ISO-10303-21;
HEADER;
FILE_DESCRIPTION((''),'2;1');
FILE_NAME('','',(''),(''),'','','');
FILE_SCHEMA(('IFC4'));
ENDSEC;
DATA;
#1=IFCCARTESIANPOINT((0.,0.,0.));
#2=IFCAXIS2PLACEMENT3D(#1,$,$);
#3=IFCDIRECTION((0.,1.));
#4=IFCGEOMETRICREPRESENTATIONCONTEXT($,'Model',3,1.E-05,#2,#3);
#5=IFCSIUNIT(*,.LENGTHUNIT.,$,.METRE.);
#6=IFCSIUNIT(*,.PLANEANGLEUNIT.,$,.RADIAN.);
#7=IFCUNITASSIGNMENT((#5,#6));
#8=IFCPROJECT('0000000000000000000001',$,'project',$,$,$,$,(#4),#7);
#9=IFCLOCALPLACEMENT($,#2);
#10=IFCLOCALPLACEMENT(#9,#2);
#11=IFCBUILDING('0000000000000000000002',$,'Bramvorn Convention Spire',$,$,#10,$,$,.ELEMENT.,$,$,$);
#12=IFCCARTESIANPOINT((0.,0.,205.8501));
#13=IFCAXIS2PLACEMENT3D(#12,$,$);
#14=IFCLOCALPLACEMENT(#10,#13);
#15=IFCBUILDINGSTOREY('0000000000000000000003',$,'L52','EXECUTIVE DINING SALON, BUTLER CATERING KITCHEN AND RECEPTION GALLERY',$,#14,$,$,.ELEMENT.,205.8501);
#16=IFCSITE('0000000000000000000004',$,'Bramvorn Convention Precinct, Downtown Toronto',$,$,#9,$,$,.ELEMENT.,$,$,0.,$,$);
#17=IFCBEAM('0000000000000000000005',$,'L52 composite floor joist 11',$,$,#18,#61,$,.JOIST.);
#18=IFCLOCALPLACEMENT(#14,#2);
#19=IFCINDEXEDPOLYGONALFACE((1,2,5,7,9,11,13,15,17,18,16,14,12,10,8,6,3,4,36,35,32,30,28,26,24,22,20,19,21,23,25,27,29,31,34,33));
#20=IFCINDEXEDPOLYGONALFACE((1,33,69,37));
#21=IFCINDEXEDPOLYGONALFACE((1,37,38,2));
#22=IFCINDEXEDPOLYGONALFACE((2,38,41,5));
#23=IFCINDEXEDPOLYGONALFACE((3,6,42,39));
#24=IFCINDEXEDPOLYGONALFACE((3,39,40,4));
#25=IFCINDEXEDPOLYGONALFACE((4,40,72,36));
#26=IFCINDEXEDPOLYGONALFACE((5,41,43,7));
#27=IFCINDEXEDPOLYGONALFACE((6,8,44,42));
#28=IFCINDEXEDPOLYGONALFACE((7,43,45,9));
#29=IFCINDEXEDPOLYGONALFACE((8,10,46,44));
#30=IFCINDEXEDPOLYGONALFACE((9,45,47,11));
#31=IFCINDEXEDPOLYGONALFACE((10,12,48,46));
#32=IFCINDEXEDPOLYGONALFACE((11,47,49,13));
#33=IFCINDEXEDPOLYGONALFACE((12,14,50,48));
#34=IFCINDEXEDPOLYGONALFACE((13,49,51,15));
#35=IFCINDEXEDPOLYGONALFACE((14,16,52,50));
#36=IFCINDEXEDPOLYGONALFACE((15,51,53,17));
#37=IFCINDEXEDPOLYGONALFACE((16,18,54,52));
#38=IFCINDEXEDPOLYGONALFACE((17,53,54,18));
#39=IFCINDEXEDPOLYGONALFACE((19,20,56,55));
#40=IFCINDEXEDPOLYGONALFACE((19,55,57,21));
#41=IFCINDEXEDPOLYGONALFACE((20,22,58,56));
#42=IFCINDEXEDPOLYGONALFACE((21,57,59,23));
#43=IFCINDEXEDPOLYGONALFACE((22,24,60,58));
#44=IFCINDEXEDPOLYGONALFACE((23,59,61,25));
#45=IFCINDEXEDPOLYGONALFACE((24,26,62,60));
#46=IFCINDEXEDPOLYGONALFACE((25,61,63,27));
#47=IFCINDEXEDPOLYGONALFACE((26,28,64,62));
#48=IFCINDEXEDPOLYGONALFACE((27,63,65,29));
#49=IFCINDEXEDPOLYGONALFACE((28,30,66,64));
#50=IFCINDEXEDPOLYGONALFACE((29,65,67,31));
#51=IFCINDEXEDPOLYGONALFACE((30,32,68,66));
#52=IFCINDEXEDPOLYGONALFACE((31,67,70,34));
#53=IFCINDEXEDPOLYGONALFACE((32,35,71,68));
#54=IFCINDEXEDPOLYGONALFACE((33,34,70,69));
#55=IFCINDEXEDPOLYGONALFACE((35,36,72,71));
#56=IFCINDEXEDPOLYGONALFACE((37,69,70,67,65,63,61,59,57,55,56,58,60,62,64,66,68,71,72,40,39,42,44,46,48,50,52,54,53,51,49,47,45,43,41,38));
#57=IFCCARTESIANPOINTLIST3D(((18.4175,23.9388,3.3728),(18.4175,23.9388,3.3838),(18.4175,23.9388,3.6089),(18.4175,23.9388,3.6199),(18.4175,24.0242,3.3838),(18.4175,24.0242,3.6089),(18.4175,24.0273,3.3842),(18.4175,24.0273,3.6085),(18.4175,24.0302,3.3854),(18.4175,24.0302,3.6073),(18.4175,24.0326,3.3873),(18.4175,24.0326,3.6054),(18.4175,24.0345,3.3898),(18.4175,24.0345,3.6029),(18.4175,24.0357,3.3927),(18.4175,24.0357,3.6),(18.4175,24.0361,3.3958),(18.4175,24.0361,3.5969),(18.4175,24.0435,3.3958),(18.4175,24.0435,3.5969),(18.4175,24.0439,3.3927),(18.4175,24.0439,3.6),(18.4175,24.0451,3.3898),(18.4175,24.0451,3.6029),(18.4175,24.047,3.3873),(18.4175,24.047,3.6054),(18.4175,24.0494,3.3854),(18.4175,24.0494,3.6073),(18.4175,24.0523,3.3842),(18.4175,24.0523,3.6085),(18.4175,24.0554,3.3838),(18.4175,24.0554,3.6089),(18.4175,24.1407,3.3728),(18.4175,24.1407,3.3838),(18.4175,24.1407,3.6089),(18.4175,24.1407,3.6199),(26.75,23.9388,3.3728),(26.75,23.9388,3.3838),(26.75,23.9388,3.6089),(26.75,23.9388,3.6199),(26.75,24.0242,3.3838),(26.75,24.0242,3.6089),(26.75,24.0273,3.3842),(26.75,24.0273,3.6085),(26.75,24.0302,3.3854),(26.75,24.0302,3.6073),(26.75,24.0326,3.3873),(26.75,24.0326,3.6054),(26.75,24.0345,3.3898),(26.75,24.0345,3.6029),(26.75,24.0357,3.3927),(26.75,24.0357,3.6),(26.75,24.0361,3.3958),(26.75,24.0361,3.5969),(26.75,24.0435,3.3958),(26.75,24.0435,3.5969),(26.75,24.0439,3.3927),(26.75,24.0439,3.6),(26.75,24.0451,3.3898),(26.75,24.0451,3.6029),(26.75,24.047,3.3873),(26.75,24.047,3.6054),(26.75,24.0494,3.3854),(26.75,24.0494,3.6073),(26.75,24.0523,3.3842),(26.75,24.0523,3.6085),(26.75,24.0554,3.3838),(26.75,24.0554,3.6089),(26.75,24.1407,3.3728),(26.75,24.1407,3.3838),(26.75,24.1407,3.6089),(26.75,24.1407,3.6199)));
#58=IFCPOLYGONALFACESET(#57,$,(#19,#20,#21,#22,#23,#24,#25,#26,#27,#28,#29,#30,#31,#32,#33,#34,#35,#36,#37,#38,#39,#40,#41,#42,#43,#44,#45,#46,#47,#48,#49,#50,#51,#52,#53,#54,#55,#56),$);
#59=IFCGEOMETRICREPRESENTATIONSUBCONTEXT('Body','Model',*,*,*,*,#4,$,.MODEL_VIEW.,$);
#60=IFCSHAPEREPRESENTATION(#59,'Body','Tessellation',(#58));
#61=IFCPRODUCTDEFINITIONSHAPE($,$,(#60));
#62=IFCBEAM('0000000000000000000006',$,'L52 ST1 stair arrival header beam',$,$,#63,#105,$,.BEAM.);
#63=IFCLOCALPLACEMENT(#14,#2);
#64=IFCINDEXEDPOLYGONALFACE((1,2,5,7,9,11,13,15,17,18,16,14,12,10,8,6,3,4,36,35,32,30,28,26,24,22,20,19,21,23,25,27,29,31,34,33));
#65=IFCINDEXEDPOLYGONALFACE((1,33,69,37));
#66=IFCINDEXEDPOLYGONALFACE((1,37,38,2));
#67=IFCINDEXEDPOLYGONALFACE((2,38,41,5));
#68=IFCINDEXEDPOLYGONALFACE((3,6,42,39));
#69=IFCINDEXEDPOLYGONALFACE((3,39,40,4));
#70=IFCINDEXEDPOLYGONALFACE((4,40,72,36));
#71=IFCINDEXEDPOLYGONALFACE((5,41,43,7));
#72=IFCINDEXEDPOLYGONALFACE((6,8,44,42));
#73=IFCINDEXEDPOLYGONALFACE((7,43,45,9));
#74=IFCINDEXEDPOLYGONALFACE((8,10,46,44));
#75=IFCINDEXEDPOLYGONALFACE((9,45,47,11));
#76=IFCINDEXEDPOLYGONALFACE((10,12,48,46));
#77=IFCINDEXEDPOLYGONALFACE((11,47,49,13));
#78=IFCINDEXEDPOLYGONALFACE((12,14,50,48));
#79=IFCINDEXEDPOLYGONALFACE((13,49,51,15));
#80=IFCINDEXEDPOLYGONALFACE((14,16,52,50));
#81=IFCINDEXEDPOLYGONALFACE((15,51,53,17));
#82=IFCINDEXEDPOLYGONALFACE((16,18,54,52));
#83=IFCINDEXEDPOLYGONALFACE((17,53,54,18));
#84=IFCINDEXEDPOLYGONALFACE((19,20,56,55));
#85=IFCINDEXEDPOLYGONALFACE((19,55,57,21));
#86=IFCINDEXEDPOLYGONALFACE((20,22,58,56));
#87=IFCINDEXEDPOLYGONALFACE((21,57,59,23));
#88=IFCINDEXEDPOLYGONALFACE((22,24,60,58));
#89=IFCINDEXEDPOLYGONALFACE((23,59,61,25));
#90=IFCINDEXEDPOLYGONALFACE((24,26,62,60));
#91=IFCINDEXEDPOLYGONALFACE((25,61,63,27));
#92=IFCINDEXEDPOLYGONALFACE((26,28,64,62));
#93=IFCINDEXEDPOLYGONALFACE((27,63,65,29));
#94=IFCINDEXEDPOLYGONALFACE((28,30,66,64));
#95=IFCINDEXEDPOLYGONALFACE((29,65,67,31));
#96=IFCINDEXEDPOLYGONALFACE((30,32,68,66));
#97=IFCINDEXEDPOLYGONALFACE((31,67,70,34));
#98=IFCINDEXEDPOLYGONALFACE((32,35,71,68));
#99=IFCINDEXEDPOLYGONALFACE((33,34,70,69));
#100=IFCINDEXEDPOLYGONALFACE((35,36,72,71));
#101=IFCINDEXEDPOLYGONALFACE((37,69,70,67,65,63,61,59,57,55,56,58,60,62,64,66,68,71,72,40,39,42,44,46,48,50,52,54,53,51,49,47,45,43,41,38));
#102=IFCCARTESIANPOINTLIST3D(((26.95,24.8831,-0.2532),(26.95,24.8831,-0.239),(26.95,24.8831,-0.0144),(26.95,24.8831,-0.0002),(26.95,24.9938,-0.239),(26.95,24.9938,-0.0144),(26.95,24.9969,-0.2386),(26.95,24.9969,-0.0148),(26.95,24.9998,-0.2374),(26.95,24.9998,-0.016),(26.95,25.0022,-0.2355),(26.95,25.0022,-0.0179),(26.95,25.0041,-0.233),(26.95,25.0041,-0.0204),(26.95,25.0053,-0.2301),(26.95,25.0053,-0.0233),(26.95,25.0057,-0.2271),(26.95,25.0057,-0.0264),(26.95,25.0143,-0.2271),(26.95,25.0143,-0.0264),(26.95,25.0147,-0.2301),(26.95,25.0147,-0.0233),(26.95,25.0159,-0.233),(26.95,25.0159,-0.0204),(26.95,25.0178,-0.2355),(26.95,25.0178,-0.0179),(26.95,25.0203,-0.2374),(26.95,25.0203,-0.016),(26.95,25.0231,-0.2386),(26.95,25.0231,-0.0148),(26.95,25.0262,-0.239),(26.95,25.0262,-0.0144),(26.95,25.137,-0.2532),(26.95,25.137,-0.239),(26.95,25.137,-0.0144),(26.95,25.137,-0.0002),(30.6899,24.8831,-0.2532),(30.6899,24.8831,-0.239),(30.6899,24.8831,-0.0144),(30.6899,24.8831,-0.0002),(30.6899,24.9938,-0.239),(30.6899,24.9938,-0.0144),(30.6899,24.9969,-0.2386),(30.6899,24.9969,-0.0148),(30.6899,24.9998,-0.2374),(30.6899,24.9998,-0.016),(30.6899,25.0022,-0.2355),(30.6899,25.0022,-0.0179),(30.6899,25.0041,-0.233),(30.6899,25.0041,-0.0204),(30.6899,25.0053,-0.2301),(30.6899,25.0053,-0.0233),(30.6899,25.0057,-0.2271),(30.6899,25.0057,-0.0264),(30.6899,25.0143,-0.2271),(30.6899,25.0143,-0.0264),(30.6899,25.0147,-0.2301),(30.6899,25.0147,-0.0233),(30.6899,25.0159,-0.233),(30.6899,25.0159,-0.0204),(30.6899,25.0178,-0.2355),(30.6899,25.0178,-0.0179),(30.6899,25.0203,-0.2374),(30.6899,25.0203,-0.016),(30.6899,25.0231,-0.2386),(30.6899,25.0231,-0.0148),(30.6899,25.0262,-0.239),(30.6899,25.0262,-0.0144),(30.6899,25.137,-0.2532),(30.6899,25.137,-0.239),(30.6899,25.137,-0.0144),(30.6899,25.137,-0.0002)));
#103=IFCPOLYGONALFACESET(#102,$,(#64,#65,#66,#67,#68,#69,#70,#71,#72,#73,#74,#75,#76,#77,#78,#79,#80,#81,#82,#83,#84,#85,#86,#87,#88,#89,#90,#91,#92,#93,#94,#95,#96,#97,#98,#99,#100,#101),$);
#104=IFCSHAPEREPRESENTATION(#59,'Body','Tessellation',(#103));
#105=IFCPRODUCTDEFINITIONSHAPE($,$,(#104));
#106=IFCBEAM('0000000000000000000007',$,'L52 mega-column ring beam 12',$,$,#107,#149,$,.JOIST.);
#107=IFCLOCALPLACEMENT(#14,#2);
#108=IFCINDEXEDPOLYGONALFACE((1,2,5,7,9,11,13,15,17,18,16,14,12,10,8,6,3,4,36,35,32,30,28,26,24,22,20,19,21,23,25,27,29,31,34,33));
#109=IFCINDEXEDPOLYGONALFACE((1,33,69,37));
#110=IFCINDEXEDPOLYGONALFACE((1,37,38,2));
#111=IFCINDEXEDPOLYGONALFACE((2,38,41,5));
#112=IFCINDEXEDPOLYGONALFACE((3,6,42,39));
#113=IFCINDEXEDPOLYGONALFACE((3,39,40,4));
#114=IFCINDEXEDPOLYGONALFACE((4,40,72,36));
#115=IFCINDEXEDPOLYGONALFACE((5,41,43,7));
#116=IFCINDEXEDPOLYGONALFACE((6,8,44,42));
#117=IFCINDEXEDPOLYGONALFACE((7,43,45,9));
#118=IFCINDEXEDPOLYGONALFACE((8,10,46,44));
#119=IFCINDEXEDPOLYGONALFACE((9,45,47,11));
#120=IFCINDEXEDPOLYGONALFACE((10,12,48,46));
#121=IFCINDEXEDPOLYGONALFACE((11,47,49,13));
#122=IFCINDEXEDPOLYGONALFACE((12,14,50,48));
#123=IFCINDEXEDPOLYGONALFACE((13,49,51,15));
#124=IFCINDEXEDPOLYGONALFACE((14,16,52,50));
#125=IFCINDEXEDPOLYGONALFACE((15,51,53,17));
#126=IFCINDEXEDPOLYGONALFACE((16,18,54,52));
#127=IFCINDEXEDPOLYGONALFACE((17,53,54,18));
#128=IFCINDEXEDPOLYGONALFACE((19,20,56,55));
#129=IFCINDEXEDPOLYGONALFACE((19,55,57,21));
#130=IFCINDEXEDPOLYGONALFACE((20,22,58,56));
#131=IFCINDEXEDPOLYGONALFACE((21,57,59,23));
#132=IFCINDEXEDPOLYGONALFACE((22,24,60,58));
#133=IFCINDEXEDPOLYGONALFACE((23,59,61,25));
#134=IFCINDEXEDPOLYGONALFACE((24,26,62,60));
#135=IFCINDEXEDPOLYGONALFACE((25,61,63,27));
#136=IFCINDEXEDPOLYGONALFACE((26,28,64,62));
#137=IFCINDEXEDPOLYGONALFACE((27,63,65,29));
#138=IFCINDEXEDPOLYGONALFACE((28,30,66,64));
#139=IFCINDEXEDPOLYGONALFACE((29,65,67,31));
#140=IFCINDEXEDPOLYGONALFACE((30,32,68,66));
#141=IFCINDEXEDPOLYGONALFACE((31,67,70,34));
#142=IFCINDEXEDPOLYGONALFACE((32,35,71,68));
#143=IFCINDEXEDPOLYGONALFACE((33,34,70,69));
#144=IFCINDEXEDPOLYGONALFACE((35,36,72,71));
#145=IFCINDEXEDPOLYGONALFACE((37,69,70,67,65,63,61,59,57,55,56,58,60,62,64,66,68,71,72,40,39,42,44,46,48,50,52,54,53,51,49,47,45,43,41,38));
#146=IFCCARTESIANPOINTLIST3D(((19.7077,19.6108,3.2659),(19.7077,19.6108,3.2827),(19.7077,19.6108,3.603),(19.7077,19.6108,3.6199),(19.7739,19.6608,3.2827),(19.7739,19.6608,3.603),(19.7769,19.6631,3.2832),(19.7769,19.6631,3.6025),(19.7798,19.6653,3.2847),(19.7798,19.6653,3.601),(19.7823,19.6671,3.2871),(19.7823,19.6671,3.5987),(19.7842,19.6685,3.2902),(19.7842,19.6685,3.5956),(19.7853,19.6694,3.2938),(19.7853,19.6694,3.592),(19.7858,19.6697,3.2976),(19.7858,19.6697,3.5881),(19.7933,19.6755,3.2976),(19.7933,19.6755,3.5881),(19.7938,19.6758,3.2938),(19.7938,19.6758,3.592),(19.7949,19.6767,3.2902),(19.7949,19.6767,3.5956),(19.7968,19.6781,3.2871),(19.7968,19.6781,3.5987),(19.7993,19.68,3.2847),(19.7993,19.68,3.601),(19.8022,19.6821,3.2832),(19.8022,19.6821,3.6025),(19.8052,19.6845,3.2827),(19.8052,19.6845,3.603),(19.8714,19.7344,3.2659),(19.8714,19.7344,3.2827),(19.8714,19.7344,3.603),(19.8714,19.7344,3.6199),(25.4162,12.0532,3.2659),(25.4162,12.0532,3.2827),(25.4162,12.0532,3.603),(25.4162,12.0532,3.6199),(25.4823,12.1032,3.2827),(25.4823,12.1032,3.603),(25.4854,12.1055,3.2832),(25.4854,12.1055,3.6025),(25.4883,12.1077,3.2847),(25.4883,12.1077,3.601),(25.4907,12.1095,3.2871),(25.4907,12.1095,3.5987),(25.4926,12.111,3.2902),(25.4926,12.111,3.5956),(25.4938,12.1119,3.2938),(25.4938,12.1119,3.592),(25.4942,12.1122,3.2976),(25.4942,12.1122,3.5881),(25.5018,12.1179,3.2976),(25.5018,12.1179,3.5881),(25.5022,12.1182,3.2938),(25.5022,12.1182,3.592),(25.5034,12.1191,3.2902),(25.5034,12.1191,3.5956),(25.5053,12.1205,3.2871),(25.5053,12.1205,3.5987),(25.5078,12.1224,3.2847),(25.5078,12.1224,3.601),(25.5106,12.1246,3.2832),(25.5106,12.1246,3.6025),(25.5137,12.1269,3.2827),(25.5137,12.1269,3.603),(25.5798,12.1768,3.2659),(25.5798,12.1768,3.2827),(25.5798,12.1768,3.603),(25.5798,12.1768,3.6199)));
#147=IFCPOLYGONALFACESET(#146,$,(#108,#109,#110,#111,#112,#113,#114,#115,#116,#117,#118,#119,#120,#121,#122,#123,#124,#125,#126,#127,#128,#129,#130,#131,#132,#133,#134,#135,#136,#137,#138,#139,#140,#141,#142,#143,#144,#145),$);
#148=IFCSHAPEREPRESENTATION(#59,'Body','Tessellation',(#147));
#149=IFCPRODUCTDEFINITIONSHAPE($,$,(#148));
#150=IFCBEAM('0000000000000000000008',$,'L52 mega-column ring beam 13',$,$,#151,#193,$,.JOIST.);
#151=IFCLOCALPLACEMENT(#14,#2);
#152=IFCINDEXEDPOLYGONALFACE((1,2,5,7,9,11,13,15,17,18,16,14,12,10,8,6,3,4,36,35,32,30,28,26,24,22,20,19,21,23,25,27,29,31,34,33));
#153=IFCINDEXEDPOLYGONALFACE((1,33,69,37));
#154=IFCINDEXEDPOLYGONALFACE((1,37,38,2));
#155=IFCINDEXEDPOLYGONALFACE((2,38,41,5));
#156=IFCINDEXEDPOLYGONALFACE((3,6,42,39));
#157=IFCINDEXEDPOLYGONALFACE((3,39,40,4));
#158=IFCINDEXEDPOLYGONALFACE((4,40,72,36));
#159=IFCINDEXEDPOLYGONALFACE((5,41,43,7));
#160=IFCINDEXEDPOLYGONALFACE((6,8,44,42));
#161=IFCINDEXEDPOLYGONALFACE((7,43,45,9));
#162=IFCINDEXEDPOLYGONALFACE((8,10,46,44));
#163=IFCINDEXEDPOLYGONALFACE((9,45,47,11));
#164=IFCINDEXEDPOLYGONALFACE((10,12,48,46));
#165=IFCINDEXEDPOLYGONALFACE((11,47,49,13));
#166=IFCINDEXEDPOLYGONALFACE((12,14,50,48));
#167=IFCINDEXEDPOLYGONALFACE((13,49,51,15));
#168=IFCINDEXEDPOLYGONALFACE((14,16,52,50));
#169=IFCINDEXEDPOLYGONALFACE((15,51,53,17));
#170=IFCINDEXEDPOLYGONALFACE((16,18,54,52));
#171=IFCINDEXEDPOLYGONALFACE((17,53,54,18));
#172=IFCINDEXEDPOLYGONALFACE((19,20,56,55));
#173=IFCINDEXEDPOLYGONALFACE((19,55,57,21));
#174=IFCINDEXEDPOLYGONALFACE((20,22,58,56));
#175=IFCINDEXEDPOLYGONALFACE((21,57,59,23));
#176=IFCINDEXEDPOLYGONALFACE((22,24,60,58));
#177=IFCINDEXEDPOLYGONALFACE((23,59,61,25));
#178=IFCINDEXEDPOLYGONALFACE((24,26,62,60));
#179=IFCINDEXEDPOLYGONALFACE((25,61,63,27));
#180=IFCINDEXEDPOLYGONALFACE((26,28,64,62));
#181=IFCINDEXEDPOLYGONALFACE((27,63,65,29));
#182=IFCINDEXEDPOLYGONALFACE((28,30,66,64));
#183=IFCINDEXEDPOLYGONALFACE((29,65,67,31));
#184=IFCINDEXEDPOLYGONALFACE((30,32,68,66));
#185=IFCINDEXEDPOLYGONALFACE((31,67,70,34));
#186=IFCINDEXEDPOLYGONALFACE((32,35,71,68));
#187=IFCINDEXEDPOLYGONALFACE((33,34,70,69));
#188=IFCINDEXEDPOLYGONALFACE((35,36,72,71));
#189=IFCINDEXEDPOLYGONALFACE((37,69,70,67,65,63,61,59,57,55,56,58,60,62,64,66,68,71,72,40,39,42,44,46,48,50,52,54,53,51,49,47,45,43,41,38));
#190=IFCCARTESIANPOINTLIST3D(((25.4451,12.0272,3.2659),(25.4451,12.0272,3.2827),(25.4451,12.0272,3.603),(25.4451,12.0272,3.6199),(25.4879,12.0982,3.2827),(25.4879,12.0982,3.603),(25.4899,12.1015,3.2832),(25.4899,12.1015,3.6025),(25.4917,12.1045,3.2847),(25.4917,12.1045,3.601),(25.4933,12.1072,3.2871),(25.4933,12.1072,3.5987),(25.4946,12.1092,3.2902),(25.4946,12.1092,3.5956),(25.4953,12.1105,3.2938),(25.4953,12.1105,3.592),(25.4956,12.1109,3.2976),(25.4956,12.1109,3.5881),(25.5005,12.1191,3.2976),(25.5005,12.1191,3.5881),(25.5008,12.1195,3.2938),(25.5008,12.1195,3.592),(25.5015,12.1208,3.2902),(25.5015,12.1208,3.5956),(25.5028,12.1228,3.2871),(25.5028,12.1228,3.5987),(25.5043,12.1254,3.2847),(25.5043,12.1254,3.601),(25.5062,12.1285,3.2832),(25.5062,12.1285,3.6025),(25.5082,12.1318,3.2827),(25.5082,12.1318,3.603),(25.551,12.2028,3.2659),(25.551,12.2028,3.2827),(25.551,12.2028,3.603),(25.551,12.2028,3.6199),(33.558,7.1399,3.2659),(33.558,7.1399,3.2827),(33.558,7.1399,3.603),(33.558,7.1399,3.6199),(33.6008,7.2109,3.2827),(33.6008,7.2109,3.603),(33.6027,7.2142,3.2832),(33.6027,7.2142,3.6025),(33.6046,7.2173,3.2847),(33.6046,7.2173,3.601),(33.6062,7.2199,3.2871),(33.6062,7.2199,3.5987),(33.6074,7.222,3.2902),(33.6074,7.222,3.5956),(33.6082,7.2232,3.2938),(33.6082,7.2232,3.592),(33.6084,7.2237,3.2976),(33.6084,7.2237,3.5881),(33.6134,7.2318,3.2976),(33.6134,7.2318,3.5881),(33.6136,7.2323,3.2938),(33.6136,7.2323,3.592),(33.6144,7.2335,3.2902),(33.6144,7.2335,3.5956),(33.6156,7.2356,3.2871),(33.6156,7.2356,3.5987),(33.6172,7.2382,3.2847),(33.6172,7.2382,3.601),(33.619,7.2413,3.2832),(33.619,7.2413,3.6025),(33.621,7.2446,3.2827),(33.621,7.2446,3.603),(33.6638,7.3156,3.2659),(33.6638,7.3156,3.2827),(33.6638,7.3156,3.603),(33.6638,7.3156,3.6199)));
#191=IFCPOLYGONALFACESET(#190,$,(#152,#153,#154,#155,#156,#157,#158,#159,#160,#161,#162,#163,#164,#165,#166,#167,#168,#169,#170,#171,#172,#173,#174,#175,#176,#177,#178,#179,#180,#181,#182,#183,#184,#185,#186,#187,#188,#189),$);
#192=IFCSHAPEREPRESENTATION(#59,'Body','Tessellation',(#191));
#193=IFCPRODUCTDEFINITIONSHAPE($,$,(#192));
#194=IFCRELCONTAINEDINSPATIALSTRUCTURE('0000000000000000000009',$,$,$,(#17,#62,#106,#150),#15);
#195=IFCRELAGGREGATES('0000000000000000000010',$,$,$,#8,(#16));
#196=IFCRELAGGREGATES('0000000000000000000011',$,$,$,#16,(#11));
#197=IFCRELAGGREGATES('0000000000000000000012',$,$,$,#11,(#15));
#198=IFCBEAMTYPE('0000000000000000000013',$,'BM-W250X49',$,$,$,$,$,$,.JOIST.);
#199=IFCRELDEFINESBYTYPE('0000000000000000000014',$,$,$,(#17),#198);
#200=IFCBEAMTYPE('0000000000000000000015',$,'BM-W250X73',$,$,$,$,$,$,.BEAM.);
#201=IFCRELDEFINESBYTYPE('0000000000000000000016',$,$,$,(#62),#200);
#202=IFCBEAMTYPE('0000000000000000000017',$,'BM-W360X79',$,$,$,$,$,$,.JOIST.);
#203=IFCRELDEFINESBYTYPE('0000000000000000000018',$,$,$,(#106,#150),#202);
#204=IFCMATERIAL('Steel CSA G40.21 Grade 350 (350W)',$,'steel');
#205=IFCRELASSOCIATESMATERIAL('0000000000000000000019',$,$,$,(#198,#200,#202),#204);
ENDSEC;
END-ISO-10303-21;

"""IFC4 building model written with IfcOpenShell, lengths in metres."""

from ifc_helpers import new_model, si_unit, direction, frame, origin, origin_2d, place, context, subcontext, project, spatial, i_section, extrude, material, material_profile, profile_set, type_object, element, save


model = new_model("IFC4")

# Units and contexts
model_context = context("Model", 3, precision=1e-05, world=origin(), true_north=direction((0.0, 1.0)))
body_context = subcontext(model_context, "Body", "Model", "MODEL_VIEW")
ifc_project = project(units=[si_unit("LENGTHUNIT", "METRE"), si_unit("PLANEANGLEUNIT", "RADIAN")], contexts=[model_context])

# Site, building, storey
site_placement = place(None, origin())
site = spatial("IfcSite", under=ifc_project, at=site_placement, Name="Bramvorn Convention Precinct, Downtown Toronto", CompositionType="ELEMENT", RefElevation=0.0)
building_placement = place(site_placement, origin())
building = spatial("IfcBuilding", under=site, at=building_placement, Name="Bramvorn Convention Spire", CompositionType="ELEMENT")
storey_placement = place(building_placement, frame((0.0, 0.0, 205.8501)))
storey = spatial("IfcBuildingStorey", under=building, at=storey_placement, Name="L52", Description="EXECUTIVE DINING SALON, BUTLER CATERING KITCHEN AND RECEPTION GALLERY", CompositionType="ELEMENT", Elevation=205.8501)

# Shared definitions
ifc_material_1 = material(Name="Steel CSA G40.21 Grade 350 (350W)", Category="steel")

# Beams
ifc_material_profile_1 = material_profile(ifc_material_1, i_section(OverallWidth=0.2019, OverallDepth=0.2471, WebThickness=0.0073, FlangeThickness=0.011, FilletRadius=0.012, at=origin_2d()))
ifc_profile_set_1 = profile_set([ifc_material_profile_1], Name="Steel CSA G40.21 Grade 350 (350W) - W250X49")
beam_type_1 = type_object("IfcBeamType", Name="BM-W250X49", PredefinedType="JOIST", material=ifc_profile_set_1)
beam_1_placement = place(storey_placement, frame((26.75, 24.0398, 3.4963), z_axis=(-1.0, 0.0, 0.0), x_axis=(0.0, -1.0, 0.0)))
element("IfcBeam", 1, at=beam_1_placement, inside=storey, type_object=beam_type_1, Name="L52 composite floor joist 11", PredefinedType="JOIST", context=body_context, shape_type="SweptSolid", body=[
    extrude(i_section(OverallWidth=0.2019, OverallDepth=0.2471, WebThickness=0.0073, FlangeThickness=0.011, FilletRadius=0.012, at=origin_2d()), origin(), (0.0, 0.0, 1.0), 8.3325),
])
ifc_material_profile_2 = material_profile(ifc_material_1, i_section(OverallWidth=0.2539, OverallDepth=0.2529, WebThickness=0.0085, FlangeThickness=0.0142, FilletRadius=0.012, at=origin_2d()))
ifc_profile_set_2 = profile_set([ifc_material_profile_2], Name="Steel CSA G40.21 Grade 350 (350W) - W250X73")
beam_type_2 = type_object("IfcBeamType", Name="BM-W250X73", PredefinedType="BEAM", material=ifc_profile_set_2)
beam_2_placement = place(storey_placement, frame((26.95, 25.01, -0.1267), z_axis=(1.0, 0.0, 0.0), x_axis=(0.0, 1.0, 0.0)))
element("IfcBeam", 2, at=beam_2_placement, inside=storey, type_object=beam_type_2, Name="L52 ST1 stair arrival header beam", PredefinedType="BEAM", context=body_context, shape_type="SweptSolid", body=[
    extrude(i_section(OverallWidth=0.2539, OverallDepth=0.2529, WebThickness=0.0085, FlangeThickness=0.0142, FilletRadius=0.012, at=origin_2d()), origin(), (0.0, 0.0, 1.0), 3.74),
])
ifc_material_profile_3 = material_profile(ifc_material_1, i_section(OverallWidth=0.2051, OverallDepth=0.354, WebThickness=0.0095, FlangeThickness=0.0168, FilletRadius=0.0149, at=origin_2d()))
ifc_profile_set_3 = profile_set([ifc_material_profile_3], Name="Steel CSA G40.21 Grade 350 (350W) - W360X79")
beam_type_3 = type_object("IfcBeamType", Name="BM-W360X79", PredefinedType="JOIST", material=ifc_profile_set_3)
for number, where, z_axis, x_axis, name in (
    (3, (19.7896, 19.6726, 3.4429), (0.602719, -0.797954, 0.0), (0.797954, 0.602719, 0.0), "L52 mega-column ring beam 12"),
    (4, (25.498, 12.115, 3.4429), (0.856582, -0.516011, 0.0), (0.516011, 0.856582, 0.0), "L52 mega-column ring beam 13"),
):
    element("IfcBeam", number, at=place(storey_placement, frame(where, z_axis=z_axis, x_axis=x_axis)), inside=storey, type_object=beam_type_3, Name=name, PredefinedType="JOIST", context=body_context, shape_type="SweptSolid", body=[
        extrude(i_section(OverallWidth=0.2051, OverallDepth=0.354, WebThickness=0.0095, FlangeThickness=0.0168, FilletRadius=0.0149, at=origin_2d()), origin(), (0.0, 0.0, 1.0), 9.4712),
    ])

save(model, "model.ifc")
